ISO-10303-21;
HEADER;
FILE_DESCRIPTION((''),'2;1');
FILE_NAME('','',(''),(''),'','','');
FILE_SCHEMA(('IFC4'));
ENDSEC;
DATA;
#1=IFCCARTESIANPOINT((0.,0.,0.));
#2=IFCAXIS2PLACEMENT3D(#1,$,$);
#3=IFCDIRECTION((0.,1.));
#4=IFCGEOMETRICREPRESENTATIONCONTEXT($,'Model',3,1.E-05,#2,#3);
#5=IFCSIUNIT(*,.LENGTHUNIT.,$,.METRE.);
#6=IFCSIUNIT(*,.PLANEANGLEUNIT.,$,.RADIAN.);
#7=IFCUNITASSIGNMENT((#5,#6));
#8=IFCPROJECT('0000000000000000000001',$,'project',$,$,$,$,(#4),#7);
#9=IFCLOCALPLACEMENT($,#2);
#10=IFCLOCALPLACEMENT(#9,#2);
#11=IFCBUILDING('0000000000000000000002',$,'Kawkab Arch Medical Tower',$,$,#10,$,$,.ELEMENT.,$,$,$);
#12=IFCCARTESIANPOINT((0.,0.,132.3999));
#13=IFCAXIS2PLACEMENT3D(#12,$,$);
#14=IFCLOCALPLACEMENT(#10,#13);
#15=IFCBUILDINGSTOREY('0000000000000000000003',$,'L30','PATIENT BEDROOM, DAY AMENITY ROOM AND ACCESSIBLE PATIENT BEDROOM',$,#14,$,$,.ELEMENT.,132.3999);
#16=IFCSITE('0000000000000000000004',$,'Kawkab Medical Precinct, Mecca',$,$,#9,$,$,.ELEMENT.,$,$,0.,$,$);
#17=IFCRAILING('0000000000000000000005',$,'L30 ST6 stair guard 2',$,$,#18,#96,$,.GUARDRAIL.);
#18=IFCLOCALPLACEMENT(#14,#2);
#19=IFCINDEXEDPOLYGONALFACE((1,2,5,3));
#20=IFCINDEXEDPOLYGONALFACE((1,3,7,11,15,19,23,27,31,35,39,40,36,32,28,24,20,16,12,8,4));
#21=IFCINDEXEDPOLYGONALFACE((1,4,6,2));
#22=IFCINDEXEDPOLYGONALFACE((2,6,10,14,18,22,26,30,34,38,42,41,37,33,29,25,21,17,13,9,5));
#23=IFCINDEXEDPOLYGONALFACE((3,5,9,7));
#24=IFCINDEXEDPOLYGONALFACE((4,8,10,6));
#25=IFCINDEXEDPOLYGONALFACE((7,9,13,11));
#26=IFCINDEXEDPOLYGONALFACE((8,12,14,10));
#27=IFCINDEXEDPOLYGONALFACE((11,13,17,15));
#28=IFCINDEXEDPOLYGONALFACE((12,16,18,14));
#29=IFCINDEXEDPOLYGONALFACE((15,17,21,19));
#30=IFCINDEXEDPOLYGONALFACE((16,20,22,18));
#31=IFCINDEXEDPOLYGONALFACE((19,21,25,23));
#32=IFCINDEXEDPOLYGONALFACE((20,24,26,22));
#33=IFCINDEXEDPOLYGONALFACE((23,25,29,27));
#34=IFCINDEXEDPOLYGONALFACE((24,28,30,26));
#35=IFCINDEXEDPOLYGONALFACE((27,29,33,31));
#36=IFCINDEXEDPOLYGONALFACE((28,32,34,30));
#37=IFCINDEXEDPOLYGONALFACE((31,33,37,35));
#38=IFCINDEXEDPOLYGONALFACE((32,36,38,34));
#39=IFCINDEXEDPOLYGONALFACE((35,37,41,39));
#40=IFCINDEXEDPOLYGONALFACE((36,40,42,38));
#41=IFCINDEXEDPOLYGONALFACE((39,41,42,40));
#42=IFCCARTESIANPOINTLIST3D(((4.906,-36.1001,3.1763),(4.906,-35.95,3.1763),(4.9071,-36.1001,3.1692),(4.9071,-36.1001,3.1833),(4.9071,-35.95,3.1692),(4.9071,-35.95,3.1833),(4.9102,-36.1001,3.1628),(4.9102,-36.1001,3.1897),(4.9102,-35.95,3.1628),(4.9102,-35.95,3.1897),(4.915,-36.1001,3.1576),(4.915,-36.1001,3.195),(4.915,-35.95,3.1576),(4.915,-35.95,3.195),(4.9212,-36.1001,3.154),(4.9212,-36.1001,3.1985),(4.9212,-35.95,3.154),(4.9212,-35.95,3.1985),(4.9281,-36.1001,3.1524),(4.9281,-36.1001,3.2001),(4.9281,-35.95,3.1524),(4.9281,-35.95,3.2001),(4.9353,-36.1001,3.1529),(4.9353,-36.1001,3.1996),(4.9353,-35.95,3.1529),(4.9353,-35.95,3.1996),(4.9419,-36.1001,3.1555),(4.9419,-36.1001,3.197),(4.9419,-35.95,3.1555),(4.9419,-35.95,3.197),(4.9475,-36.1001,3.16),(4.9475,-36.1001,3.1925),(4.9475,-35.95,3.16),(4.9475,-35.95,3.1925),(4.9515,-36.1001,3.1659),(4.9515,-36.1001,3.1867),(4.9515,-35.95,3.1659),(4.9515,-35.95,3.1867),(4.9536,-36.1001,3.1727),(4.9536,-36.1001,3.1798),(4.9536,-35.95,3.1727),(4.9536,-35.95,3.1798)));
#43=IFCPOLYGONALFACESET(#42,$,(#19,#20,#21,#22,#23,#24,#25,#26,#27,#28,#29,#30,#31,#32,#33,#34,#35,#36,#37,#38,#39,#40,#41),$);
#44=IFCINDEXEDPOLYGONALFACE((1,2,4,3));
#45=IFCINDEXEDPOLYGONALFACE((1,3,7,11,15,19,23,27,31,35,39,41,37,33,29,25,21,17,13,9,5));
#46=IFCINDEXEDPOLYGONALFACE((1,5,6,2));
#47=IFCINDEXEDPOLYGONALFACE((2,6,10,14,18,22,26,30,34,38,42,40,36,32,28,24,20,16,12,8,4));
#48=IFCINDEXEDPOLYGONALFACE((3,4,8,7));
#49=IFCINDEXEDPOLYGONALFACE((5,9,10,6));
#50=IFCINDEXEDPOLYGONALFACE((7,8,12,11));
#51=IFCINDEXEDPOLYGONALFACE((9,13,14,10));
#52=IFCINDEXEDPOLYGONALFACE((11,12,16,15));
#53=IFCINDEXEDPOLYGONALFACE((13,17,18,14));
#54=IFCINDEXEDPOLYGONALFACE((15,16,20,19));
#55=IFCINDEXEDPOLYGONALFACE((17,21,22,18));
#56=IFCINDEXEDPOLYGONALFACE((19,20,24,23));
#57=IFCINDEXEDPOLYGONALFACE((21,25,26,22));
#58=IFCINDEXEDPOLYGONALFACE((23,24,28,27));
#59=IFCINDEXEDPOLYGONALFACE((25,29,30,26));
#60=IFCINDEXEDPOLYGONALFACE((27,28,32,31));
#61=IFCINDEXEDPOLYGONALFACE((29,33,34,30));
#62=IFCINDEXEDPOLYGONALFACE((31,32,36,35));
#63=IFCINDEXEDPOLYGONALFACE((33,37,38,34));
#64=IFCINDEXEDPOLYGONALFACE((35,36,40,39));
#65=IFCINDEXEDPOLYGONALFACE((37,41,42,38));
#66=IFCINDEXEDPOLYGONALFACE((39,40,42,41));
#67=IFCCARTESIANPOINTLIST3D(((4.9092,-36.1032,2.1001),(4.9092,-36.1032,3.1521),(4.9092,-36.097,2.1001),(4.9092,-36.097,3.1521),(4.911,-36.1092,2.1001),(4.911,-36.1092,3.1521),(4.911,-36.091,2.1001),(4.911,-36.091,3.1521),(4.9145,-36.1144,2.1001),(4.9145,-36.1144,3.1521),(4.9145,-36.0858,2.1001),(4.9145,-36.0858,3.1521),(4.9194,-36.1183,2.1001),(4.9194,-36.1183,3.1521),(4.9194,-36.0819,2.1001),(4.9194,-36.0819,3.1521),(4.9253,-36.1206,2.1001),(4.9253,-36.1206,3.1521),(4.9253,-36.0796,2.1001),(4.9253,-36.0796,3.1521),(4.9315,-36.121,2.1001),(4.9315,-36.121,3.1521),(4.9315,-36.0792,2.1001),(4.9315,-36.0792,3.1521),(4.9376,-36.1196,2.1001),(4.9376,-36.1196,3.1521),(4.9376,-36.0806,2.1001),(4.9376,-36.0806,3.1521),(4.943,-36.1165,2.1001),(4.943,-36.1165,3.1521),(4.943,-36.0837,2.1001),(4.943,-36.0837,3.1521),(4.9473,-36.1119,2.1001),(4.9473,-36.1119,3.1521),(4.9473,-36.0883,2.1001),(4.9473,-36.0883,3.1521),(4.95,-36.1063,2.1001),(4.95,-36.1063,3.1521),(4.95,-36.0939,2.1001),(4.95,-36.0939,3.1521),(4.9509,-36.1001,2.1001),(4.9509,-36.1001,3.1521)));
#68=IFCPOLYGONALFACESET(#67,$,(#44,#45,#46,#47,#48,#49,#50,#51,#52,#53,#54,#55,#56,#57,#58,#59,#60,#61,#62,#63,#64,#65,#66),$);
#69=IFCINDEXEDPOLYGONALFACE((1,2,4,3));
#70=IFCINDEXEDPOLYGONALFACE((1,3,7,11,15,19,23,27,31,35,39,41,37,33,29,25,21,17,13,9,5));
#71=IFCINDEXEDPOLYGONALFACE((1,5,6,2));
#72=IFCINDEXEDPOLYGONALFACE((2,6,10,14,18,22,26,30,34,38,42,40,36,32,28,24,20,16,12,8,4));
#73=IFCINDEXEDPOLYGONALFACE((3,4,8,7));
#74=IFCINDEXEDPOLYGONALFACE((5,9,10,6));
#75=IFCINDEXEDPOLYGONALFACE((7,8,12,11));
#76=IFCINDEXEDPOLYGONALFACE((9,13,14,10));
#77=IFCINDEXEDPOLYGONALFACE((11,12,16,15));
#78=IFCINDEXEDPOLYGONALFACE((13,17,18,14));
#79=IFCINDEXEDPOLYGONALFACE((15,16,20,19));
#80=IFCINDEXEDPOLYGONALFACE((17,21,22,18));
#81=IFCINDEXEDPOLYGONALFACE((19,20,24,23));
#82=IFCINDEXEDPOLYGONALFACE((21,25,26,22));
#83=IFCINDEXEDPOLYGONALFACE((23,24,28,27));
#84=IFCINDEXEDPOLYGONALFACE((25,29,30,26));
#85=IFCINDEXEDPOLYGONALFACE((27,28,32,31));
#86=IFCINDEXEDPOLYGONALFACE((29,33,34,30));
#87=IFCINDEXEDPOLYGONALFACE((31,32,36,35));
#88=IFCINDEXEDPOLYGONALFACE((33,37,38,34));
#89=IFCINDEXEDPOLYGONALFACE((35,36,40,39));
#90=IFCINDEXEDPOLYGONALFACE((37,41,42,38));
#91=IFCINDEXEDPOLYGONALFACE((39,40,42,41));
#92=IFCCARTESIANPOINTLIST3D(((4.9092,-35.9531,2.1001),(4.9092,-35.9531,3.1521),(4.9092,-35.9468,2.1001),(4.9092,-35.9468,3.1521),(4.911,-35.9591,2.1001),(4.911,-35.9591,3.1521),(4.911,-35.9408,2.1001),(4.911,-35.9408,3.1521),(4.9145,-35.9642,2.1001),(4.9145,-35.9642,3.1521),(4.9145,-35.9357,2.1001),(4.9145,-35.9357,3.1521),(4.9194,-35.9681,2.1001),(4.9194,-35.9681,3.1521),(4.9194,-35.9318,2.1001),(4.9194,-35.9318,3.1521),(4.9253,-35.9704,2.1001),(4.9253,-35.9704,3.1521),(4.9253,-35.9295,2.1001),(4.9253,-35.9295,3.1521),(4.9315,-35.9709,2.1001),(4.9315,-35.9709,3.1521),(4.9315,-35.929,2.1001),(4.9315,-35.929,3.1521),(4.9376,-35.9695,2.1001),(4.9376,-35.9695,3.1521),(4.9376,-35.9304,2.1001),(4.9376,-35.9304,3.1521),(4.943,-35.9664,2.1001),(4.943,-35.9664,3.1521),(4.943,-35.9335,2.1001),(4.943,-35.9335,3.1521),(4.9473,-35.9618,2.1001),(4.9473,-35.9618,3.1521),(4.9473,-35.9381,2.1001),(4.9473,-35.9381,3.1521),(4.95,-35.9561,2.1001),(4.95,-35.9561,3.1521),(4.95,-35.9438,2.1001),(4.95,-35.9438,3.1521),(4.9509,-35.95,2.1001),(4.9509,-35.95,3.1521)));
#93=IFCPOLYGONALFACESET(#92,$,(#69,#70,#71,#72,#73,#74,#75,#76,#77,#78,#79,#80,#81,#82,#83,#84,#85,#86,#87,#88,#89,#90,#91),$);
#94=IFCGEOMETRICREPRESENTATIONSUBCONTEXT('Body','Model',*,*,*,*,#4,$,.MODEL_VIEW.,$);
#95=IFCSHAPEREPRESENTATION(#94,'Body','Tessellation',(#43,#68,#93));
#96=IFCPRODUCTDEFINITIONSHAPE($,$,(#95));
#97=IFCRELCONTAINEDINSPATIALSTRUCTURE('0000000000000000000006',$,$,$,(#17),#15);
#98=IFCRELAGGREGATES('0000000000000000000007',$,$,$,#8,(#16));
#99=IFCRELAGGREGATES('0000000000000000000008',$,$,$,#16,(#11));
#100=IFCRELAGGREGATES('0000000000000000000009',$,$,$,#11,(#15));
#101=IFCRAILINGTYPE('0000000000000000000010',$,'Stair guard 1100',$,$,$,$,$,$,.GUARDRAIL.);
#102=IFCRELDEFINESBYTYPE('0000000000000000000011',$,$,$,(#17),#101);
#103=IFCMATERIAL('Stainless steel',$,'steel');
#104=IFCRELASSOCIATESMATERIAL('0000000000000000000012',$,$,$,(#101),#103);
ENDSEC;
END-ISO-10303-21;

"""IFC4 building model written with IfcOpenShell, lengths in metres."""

from ifc_helpers import new_model, si_unit, direction, frame, origin, origin_2d, place, context, subcontext, project, spatial, circle, extrude, material, type_object, element, save


model = new_model("IFC4")

# Units and contexts
model_context = context("Model", 3, precision=1e-05, world=origin(), true_north=direction((0.0, 1.0)))
body_context = subcontext(model_context, "Body", "Model", "MODEL_VIEW")
ifc_project = project(units=[si_unit("LENGTHUNIT", "METRE"), si_unit("PLANEANGLEUNIT", "RADIAN")], contexts=[model_context])

# Site, building, storey
site_placement = place(None, origin())
site = spatial("IfcSite", under=ifc_project, at=site_placement, Name="Kawkab Medical Precinct, Mecca", CompositionType="ELEMENT", RefElevation=0.0)
building_placement = place(site_placement, origin())
building = spatial("IfcBuilding", under=site, at=building_placement, Name="Kawkab Arch Medical Tower", CompositionType="ELEMENT")
storey_placement = place(building_placement, frame((0.0, 0.0, 132.3999)))
storey = spatial("IfcBuildingStorey", under=building, at=storey_placement, Name="L30", Description="PATIENT BEDROOM, DAY AMENITY ROOM AND ACCESSIBLE PATIENT BEDROOM", CompositionType="ELEMENT", Elevation=132.3999)

# Railing
ifc_material_1 = material(Name="Stainless steel", Category="steel")
railing_type = type_object("IfcRailingType", Name="Stair guard 1100", PredefinedType="GUARDRAIL", material=ifc_material_1)
railing_1_placement = place(storey_placement, frame((4.9299, -36.1001, 2.1001)))
element("IfcRailing", 1, at=railing_1_placement, inside=storey, type_object=railing_type, Name="L30 ST6 stair guard 2", PredefinedType="GUARDRAIL", context=body_context, shape_type="SweptSolid", body=[
    extrude(circle(Radius=0.0239, at=origin_2d()), frame((0.0, 0.0, 1.0762), z_axis=(0.0, 1.0, 0.0), x_axis=(-1.0, 0.0, 0.0)), (0.0, 0.0, 1.0), 0.1501),
    extrude(circle(Radius=0.021, at=origin_2d()), origin(), (0.0, 0.0, 1.0), 1.052),
    extrude(circle(Radius=0.021, at=origin_2d()), frame((0.0, 0.1501, 0.0)), (0.0, 0.0, 1.0), 1.052),
])

save(model, "model.ifc")
